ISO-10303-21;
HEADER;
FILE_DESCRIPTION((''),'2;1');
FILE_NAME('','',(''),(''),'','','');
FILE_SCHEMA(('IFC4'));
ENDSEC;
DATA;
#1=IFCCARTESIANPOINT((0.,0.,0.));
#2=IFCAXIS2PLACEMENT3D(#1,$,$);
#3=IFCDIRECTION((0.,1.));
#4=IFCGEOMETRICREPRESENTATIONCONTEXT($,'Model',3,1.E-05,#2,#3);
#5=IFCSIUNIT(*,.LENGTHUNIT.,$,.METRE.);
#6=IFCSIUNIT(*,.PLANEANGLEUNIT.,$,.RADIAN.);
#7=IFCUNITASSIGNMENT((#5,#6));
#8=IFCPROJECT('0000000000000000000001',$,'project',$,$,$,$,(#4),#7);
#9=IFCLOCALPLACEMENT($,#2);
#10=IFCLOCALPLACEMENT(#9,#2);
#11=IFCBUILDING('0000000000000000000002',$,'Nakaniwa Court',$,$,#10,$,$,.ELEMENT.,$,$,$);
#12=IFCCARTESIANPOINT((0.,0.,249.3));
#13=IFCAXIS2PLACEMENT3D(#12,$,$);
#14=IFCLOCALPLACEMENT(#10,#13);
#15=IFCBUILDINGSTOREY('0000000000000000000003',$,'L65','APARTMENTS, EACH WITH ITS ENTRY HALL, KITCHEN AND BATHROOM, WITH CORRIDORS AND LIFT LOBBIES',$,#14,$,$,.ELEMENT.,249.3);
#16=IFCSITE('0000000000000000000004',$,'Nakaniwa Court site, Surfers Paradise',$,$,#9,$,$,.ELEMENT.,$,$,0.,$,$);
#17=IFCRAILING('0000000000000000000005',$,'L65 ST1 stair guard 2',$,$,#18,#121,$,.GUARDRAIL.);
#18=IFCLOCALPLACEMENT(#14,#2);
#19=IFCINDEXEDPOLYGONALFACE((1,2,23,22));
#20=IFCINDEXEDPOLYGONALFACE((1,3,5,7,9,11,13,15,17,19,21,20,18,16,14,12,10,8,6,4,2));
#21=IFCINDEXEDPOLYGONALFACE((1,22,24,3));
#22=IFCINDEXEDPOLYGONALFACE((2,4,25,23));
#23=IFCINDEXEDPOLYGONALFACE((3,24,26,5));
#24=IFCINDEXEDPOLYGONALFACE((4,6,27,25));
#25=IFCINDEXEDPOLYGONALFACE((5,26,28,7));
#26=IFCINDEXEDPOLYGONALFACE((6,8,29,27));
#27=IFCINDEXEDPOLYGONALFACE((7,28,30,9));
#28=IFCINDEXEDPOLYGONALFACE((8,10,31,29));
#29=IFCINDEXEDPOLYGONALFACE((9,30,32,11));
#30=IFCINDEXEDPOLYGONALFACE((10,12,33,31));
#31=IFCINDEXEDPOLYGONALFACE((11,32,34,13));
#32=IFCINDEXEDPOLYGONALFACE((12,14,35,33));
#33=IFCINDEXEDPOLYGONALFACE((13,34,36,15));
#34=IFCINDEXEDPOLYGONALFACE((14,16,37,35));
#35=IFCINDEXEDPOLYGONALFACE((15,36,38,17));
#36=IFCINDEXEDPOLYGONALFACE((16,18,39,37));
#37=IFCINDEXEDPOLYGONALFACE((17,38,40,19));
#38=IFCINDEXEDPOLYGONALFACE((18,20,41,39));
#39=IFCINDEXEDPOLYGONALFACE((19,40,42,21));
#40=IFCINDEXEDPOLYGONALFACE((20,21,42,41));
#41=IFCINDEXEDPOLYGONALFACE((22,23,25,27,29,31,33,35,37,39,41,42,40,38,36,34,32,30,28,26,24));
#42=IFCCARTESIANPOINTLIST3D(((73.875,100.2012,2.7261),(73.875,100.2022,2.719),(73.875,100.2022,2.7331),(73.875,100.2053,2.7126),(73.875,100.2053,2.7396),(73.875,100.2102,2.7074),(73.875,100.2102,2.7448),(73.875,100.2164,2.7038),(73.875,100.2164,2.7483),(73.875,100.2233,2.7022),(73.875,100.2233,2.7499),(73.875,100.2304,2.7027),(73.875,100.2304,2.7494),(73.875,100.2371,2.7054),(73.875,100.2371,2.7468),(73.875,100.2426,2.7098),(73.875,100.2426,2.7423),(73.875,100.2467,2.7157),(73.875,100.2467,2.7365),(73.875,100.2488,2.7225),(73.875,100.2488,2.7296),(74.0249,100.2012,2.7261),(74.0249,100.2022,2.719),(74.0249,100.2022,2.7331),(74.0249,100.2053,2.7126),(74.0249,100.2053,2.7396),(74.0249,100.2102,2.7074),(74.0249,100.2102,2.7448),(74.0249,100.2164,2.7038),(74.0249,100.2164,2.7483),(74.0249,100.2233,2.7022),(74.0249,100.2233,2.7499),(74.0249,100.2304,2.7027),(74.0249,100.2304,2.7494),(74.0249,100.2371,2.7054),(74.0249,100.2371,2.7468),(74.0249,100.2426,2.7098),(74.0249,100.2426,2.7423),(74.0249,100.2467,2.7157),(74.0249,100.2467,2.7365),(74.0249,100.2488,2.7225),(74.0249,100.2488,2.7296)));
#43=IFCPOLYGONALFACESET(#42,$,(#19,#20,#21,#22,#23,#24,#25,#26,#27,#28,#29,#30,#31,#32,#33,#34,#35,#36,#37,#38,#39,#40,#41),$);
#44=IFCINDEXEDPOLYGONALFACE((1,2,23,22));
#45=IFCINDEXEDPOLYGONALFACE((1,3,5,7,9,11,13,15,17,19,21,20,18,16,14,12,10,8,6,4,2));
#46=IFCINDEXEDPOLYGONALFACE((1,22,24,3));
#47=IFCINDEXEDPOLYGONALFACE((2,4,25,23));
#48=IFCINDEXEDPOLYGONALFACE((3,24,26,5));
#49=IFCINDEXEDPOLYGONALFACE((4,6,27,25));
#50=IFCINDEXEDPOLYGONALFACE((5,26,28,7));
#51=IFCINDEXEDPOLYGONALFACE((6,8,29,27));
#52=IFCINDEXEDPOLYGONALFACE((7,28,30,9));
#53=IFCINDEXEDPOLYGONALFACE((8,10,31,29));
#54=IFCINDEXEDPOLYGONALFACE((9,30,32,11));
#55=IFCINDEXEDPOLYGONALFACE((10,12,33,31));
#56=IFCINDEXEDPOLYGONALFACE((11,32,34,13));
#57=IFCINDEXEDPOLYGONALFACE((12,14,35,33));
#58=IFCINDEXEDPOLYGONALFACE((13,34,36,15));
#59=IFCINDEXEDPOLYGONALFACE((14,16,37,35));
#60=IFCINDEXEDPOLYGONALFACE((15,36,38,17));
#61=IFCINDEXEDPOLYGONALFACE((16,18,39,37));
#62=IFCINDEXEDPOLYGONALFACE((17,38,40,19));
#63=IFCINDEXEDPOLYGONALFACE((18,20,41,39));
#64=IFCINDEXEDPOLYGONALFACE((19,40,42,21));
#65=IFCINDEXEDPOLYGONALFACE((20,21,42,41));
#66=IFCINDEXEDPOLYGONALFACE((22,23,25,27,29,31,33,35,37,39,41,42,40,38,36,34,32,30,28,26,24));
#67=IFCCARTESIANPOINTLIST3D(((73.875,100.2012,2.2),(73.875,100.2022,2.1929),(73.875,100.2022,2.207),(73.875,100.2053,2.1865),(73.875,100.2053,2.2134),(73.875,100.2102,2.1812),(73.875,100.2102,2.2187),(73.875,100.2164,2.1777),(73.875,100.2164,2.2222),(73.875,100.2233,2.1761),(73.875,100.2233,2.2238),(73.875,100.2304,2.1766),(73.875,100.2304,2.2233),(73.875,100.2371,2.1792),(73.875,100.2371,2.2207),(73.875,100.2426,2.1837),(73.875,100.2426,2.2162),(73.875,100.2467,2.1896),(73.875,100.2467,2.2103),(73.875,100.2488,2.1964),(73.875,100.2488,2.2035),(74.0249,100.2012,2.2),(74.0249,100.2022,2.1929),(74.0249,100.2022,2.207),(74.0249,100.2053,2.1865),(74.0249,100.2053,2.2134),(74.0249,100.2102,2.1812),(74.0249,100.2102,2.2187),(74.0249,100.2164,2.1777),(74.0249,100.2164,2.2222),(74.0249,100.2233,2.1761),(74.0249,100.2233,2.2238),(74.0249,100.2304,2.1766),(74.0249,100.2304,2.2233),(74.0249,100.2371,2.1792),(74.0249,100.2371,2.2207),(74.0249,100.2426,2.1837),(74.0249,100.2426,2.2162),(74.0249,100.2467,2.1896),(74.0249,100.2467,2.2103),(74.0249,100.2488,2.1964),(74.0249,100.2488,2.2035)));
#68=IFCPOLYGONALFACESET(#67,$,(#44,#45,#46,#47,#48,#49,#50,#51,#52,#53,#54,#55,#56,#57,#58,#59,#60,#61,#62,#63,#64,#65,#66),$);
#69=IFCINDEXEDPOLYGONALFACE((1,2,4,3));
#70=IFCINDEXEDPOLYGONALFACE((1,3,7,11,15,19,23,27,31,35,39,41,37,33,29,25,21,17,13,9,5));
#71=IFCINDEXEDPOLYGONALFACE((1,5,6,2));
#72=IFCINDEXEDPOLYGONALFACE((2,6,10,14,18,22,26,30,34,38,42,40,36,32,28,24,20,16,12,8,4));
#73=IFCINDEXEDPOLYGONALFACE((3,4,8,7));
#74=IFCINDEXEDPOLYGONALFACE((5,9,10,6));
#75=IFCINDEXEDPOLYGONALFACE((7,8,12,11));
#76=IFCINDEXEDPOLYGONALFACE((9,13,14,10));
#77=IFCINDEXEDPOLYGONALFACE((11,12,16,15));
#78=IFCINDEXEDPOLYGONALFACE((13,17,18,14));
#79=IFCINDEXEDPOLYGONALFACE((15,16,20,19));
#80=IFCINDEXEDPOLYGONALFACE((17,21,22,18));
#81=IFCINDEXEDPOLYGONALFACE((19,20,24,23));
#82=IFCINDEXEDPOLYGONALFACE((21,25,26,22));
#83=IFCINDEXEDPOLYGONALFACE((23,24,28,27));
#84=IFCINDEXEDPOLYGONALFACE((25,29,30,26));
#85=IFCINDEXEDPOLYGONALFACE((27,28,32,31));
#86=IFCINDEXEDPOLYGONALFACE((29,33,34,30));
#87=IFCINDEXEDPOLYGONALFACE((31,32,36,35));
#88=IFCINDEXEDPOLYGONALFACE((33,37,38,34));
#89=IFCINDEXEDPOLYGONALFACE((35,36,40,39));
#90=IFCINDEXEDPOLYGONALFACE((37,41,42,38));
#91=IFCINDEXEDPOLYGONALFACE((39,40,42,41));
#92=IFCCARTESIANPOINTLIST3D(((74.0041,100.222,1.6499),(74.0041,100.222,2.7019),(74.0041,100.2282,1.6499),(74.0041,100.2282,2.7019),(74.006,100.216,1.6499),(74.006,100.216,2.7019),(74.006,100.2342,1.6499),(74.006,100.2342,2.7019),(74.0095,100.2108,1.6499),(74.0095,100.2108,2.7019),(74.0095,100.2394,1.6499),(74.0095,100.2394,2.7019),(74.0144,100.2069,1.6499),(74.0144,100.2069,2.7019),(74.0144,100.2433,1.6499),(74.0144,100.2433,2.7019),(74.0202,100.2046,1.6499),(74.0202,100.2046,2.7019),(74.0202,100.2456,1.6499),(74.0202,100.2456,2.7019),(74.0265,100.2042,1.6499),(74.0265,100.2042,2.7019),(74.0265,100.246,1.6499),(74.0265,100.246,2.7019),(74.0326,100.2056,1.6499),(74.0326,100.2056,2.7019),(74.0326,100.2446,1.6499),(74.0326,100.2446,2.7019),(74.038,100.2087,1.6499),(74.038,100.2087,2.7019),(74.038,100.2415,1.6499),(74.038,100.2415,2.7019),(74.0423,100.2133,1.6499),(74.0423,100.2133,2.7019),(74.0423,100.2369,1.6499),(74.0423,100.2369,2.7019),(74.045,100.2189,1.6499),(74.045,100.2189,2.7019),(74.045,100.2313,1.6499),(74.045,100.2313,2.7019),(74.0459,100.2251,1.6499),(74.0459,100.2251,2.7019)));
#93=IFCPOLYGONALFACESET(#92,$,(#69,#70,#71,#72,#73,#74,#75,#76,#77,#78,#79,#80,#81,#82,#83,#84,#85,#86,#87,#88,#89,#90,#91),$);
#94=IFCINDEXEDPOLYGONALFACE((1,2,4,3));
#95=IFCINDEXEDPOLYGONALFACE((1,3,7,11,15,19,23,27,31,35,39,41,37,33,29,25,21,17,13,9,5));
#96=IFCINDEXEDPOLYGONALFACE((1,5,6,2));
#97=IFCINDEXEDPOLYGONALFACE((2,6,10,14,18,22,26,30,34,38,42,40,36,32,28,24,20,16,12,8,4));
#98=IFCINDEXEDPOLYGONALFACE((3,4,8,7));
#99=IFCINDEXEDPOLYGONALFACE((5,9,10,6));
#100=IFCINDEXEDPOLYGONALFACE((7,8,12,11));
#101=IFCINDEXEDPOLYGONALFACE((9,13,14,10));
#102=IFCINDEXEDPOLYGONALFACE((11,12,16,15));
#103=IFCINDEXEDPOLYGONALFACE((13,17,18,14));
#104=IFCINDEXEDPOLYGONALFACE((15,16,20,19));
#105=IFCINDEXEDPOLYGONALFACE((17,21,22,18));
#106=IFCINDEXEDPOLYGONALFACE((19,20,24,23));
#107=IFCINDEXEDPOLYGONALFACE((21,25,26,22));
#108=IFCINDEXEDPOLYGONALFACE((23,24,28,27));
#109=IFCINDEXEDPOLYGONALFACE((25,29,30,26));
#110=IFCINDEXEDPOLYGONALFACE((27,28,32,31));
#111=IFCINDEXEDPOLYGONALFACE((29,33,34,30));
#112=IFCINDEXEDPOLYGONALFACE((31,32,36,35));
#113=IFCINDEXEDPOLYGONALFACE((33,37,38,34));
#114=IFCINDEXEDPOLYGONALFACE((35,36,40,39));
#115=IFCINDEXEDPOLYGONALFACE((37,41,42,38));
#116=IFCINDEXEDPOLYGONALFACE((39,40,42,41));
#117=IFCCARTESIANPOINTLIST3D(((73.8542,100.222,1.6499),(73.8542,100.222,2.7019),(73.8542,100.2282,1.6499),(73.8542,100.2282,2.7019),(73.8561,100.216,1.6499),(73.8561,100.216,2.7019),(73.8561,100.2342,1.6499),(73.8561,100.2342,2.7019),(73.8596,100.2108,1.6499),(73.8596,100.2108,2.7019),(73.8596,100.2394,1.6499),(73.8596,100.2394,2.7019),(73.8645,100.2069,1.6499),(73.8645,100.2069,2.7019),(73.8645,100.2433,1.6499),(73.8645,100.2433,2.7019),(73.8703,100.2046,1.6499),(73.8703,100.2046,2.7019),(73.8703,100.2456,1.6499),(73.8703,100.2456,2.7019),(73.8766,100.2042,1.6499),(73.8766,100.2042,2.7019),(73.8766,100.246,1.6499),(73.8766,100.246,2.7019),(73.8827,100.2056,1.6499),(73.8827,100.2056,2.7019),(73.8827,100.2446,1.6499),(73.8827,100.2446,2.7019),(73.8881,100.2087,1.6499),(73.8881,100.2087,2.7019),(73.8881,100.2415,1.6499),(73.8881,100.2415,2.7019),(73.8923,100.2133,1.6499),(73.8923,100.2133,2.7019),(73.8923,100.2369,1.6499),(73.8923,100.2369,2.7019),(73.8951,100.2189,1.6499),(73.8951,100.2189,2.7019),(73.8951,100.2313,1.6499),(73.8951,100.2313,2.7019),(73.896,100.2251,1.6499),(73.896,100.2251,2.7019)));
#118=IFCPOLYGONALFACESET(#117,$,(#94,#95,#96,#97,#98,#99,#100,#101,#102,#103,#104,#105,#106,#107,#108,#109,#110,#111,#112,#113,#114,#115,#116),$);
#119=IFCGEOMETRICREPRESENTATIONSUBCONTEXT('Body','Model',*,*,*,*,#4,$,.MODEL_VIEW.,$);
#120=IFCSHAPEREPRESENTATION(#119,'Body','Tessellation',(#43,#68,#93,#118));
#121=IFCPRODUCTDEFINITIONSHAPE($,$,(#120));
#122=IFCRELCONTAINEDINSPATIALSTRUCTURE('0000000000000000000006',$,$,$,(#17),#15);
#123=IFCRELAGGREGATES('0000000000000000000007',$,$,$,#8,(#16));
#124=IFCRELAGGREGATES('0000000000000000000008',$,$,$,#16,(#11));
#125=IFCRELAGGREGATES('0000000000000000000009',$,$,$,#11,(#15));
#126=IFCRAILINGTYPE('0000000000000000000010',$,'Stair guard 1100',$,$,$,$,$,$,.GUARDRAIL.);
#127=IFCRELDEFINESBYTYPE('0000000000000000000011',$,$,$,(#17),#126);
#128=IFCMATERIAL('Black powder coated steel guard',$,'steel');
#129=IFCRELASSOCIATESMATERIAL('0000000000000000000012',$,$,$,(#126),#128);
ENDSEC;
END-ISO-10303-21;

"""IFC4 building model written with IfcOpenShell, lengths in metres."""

from ifc_helpers import new_model, si_unit, direction, frame, origin, origin_2d, place, context, subcontext, project, spatial, circle, extrude, material, type_object, element, save


model = new_model("IFC4")

# Units and contexts
model_context = context("Model", 3, precision=1e-05, world=origin(), true_north=direction((0.0, 1.0)))
body_context = subcontext(model_context, "Body", "Model", "MODEL_VIEW")
ifc_project = project(units=[si_unit("LENGTHUNIT", "METRE"), si_unit("PLANEANGLEUNIT", "RADIAN")], contexts=[model_context])

# Site, building, storey
site_placement = place(None, origin())
site = spatial("IfcSite", under=ifc_project, at=site_placement, Name="Nakaniwa Court site, Surfers Paradise", CompositionType="ELEMENT", RefElevation=0.0)
building_placement = place(site_placement, origin())
building = spatial("IfcBuilding", under=site, at=building_placement, Name="Nakaniwa Court", CompositionType="ELEMENT")
storey_placement = place(building_placement, frame((0.0, 0.0, 249.3)))
storey = spatial("IfcBuildingStorey", under=building, at=storey_placement, Name="L65", Description="APARTMENTS, EACH WITH ITS ENTRY HALL, KITCHEN AND BATHROOM, WITH CORRIDORS AND LIFT LOBBIES", CompositionType="ELEMENT", Elevation=249.3)

# Railing
ifc_material_1 = material(Name="Black powder coated steel guard", Category="steel")
railing_type_1 = type_object("IfcRailingType", Name="Stair guard 1100", PredefinedType="GUARDRAIL", material=ifc_material_1)
railing_1_placement = place(storey_placement, frame((74.0249, 100.2251, 1.6499)))
element("IfcRailing", 1, at=railing_1_placement, inside=storey, type_object=railing_type_1, Name="L65 ST1 stair guard 2", PredefinedType="GUARDRAIL", context=body_context, shape_type="SweptSolid", body=[
    extrude(circle(Radius=0.0239, at=origin_2d()), frame((0.0, 0.0, 1.0762), z_axis=(-1.0, 0.0, 0.0), x_axis=(0.0, -1.0, 0.0)), (0.0, 0.0, 1.0), 0.1499),
    extrude(circle(Radius=0.0239, at=origin_2d()), frame((0.0, 0.0, 0.55), z_axis=(-1.0, 0.0, 0.0), x_axis=(0.0, -1.0, 0.0)), (0.0, 0.0, 1.0), 0.1499),
    extrude(circle(Radius=0.021, at=origin_2d()), origin(), (0.0, 0.0, 1.0), 1.052),
    extrude(circle(Radius=0.021, at=origin_2d()), frame((-0.1499, 0.0, 0.0)), (0.0, 0.0, 1.0), 1.052),
])

save(model, "model.ifc")
